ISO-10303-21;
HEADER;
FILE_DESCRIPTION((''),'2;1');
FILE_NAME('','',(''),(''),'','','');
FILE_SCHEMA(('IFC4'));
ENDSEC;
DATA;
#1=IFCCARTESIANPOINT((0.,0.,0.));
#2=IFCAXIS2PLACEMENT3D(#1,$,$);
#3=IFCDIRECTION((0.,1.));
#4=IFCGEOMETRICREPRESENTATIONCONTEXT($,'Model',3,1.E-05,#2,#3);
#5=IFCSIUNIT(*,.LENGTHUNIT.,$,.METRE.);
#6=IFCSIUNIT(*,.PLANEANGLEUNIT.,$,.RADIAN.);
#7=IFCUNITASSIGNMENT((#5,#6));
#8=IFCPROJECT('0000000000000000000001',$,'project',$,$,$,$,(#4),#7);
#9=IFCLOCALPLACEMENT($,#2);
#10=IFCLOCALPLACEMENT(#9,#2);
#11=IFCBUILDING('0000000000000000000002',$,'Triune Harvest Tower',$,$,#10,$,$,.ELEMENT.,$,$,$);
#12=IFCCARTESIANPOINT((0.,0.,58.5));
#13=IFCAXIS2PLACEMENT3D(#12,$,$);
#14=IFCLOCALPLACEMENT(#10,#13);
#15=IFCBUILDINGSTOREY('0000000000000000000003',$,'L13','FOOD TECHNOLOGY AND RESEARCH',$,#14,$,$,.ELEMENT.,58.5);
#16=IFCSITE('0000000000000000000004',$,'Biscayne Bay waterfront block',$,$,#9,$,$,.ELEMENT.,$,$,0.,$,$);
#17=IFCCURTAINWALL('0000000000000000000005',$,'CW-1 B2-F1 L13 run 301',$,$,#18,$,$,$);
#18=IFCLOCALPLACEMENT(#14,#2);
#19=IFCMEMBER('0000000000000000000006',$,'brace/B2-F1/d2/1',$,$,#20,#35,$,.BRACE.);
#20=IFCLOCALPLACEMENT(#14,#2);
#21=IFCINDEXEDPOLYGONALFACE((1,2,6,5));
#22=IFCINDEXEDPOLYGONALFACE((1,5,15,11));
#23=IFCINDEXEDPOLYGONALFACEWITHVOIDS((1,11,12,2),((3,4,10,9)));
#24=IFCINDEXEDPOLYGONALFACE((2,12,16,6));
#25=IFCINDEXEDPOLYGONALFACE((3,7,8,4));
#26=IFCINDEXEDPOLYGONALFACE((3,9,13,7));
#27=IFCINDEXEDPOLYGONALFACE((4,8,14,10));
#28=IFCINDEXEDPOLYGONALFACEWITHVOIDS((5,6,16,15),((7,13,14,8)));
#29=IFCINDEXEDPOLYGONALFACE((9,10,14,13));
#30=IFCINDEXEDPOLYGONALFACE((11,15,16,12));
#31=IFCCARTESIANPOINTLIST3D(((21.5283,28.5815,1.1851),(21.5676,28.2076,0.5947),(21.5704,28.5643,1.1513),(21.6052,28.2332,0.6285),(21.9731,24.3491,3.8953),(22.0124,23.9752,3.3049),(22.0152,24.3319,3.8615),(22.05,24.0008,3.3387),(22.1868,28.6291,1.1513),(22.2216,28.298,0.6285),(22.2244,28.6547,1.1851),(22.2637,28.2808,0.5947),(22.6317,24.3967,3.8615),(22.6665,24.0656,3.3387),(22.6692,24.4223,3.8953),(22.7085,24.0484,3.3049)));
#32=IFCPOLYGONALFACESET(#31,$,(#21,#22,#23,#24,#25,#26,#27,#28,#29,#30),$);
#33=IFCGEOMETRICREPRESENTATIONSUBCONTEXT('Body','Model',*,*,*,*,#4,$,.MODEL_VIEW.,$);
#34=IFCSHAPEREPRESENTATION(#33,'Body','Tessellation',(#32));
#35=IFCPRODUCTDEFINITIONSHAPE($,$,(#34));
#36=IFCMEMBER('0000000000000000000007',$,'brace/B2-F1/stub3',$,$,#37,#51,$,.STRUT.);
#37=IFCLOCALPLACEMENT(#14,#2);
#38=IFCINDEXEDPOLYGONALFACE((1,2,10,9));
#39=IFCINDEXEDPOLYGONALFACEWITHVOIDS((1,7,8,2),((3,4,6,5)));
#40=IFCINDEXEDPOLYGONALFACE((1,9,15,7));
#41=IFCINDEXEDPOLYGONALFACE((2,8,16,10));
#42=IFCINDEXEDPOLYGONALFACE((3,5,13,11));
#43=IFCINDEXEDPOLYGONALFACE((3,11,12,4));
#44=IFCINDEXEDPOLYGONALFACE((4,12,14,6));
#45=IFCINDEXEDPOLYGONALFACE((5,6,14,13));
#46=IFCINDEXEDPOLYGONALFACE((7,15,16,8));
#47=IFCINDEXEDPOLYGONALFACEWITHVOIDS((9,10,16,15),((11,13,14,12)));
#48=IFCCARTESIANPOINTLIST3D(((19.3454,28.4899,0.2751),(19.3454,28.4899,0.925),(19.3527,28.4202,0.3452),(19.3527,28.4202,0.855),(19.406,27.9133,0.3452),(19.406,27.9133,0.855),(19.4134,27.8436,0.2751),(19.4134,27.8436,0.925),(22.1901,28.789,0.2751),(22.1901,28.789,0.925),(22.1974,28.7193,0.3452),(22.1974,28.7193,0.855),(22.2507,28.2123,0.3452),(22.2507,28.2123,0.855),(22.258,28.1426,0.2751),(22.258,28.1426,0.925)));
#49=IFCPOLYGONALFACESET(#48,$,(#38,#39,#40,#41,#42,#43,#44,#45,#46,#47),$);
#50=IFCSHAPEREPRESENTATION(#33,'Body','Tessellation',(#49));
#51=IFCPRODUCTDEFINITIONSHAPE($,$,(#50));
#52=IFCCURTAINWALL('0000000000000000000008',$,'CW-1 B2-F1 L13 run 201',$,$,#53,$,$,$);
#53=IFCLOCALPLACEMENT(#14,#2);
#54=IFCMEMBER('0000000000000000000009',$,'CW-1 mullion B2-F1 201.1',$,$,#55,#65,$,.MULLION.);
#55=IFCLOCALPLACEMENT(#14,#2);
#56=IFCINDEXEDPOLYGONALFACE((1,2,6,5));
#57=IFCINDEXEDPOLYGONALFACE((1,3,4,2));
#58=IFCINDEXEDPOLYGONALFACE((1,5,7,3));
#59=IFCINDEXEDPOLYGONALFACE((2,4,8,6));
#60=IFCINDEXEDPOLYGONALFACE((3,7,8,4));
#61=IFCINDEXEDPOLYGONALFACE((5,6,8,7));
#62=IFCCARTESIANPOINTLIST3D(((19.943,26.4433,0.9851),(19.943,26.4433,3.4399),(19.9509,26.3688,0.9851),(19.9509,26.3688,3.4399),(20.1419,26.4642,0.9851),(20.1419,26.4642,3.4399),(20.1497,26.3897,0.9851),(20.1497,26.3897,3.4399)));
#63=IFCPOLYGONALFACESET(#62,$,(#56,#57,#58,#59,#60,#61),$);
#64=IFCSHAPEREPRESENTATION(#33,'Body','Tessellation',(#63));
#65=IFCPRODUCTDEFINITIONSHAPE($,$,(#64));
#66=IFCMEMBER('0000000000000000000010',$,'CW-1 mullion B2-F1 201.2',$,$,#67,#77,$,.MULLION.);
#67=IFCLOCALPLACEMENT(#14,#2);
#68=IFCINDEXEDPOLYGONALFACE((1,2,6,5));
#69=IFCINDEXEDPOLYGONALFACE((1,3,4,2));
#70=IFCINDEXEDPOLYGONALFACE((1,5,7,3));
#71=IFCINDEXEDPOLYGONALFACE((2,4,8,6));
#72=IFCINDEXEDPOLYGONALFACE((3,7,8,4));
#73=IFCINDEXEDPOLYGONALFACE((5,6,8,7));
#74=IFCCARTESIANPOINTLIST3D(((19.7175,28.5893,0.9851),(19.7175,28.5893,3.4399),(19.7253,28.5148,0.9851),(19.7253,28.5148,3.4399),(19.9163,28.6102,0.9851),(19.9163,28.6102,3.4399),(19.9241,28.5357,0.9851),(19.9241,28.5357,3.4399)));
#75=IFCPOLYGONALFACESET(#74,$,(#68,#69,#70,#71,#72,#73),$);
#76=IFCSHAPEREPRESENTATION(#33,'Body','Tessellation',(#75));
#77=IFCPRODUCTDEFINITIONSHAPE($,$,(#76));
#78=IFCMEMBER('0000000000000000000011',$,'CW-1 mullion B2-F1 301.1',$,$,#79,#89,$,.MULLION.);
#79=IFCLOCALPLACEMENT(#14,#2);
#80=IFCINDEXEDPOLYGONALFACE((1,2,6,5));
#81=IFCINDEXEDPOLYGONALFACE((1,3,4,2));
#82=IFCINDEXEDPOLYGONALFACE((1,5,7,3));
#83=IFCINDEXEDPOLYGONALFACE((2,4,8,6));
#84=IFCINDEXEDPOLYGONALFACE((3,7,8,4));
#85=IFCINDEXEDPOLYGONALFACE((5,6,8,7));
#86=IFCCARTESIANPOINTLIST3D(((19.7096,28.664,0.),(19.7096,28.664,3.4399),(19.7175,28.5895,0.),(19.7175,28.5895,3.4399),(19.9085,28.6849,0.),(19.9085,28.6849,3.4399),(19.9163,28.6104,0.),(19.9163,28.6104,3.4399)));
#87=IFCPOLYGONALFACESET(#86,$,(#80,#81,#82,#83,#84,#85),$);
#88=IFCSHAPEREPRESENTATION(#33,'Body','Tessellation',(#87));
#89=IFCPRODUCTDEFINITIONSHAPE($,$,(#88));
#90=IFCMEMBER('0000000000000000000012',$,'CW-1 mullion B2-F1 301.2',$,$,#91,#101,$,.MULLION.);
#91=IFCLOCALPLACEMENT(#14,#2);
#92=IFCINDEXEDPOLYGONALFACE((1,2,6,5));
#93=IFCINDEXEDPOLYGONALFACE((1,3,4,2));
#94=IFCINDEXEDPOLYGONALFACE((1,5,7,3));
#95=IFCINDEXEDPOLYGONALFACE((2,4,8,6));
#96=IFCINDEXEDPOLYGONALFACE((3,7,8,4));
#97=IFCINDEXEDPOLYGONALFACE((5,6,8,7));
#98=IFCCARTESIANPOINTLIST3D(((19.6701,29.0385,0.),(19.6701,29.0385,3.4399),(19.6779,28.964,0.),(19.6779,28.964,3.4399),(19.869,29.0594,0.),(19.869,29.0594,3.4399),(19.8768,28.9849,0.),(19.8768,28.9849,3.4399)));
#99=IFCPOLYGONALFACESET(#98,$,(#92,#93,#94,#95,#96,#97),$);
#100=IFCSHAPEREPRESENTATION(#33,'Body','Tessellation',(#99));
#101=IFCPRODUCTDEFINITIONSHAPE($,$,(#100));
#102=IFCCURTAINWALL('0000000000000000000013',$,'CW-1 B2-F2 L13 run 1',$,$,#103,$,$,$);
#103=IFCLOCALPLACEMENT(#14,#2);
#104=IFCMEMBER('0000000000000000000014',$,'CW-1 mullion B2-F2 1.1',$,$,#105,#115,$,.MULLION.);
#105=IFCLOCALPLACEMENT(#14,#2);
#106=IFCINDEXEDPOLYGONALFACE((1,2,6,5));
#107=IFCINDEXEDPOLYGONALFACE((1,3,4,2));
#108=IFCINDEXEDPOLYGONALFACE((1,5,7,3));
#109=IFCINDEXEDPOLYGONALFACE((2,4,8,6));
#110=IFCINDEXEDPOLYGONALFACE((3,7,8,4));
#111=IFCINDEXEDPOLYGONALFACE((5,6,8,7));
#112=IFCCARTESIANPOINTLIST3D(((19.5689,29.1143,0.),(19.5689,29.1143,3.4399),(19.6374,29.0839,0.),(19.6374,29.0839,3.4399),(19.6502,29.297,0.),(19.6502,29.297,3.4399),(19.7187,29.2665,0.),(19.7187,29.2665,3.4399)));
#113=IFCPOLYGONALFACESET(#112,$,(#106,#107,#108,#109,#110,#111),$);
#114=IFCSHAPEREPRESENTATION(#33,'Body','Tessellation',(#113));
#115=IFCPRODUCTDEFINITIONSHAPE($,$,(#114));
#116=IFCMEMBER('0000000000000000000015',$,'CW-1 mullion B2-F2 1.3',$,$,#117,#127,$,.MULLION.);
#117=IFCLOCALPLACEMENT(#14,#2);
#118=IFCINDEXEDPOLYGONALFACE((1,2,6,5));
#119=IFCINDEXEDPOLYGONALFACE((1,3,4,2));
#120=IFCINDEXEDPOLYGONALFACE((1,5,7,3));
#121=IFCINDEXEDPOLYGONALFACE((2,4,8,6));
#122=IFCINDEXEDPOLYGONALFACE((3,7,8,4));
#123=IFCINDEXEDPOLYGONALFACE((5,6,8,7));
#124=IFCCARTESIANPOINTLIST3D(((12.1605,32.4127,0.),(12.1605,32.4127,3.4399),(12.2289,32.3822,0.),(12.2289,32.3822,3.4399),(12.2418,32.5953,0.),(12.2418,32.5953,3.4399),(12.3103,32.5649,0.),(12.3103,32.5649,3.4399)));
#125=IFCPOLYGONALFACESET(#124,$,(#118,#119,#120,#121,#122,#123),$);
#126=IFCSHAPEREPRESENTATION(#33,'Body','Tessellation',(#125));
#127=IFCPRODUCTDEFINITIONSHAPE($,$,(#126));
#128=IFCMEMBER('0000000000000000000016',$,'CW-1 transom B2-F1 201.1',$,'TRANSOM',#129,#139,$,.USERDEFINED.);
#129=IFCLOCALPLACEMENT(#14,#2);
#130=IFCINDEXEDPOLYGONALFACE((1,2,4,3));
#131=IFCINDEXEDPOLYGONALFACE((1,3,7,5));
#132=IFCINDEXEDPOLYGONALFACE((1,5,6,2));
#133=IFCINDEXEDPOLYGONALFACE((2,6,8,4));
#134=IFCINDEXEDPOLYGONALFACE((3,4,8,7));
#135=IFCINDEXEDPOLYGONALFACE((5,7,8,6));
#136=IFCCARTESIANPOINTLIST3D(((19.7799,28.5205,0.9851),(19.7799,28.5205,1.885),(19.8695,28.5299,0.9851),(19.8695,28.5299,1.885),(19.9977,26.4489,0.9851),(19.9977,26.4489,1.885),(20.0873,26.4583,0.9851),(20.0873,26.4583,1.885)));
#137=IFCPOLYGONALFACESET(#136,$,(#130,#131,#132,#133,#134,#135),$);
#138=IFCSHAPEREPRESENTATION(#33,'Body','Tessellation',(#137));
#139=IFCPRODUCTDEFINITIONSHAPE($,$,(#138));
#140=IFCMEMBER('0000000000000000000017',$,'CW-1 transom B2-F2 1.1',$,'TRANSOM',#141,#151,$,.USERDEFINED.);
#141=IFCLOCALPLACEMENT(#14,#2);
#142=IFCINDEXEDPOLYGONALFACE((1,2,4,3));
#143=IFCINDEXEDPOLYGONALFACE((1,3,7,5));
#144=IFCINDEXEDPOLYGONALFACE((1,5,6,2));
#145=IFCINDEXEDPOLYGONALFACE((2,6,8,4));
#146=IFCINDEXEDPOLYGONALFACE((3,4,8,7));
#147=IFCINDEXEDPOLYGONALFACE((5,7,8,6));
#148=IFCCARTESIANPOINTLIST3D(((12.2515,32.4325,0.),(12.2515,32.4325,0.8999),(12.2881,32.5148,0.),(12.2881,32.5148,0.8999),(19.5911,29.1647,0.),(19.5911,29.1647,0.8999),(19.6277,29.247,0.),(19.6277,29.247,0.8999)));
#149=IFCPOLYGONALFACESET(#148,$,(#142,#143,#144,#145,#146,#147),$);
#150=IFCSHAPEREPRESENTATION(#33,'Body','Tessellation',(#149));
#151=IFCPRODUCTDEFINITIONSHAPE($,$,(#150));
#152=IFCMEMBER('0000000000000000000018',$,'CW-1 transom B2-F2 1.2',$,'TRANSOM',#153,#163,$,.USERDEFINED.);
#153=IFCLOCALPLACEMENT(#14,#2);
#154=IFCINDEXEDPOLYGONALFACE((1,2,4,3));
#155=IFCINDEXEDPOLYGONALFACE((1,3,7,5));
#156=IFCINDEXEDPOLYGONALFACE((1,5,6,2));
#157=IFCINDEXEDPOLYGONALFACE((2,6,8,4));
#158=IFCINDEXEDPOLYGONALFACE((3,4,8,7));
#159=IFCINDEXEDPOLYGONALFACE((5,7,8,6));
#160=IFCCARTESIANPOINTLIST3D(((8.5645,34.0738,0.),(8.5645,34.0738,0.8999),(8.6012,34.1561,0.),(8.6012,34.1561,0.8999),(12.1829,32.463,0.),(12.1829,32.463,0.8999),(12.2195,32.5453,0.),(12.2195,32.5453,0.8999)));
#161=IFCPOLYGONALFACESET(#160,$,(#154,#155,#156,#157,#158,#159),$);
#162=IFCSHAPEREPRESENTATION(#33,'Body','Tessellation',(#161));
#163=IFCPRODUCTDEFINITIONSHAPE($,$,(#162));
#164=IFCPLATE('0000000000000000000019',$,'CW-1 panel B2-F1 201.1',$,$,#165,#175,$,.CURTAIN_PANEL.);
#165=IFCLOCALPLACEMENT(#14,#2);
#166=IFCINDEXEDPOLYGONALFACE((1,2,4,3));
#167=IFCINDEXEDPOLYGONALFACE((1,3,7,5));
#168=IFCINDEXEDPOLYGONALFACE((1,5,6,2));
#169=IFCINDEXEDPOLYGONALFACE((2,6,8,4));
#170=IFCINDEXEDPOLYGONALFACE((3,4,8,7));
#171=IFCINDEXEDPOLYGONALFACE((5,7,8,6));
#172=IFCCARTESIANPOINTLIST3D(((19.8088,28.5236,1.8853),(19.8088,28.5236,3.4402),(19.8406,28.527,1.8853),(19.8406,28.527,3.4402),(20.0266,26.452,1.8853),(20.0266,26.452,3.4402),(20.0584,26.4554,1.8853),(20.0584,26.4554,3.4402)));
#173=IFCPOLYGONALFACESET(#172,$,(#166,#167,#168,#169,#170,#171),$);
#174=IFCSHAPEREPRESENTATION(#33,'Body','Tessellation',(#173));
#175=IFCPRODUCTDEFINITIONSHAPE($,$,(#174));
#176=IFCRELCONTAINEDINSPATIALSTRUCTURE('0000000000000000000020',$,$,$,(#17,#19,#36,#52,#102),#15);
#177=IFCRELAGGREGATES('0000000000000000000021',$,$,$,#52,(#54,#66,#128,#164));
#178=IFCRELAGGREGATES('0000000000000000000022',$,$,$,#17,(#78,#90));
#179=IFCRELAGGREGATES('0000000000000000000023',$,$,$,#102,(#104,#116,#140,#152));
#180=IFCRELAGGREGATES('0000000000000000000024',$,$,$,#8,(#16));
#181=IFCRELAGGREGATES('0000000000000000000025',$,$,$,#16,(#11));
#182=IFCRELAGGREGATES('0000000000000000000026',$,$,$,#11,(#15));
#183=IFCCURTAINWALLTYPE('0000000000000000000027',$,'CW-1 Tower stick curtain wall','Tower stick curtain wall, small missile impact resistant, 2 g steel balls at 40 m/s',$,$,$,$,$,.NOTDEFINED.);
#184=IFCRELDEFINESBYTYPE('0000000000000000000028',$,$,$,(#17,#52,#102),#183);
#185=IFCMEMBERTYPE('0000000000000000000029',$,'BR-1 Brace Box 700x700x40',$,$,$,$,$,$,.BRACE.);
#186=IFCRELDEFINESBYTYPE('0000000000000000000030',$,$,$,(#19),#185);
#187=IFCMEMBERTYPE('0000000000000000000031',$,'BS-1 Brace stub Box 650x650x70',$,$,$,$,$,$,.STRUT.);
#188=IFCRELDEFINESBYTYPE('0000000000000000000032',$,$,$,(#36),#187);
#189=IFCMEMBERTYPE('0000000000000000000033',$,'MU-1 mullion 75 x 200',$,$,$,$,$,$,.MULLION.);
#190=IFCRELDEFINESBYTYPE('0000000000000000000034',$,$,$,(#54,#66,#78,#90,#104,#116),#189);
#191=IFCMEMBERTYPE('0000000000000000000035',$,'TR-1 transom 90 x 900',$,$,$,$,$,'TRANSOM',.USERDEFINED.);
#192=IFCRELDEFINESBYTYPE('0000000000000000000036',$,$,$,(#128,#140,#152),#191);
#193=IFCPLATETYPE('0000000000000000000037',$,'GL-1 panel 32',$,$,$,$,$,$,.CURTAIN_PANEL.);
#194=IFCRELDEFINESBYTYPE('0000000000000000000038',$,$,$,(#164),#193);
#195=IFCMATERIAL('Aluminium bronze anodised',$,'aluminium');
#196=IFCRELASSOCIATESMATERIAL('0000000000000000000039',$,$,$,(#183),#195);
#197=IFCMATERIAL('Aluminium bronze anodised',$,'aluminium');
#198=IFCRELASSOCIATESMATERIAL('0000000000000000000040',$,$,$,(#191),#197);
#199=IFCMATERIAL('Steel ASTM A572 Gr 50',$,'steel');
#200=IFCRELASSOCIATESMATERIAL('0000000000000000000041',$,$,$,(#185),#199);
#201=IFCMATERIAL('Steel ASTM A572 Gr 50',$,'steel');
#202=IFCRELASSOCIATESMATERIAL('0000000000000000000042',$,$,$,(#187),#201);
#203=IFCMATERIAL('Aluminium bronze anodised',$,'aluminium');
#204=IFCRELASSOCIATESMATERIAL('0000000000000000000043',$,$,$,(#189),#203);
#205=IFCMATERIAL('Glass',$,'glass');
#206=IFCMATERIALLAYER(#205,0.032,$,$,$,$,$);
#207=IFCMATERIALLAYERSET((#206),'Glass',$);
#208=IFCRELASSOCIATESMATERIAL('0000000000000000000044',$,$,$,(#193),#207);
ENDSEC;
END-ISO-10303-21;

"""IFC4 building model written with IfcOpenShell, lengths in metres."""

from ifc_helpers import new_model, si_unit, direction, frame, origin, origin_2d, place, context, subcontext, project, spatial, rectangle, hollow_rectangle, extrude, source, transform, mapped, material, layer, layer_set, material_profile, profile_set, type_object, element, aggregate, save


model = new_model("IFC4")

# Units and contexts
model_context = context("Model", 3, precision=1e-05, world=origin(), true_north=direction((0.0, 1.0)))
body_context = subcontext(model_context, "Body", "Model", "MODEL_VIEW")
ifc_project = project(units=[si_unit("LENGTHUNIT", "METRE"), si_unit("PLANEANGLEUNIT", "RADIAN")], contexts=[model_context])

# Site, building, storey
site_placement = place(None, origin())
site = spatial("IfcSite", under=ifc_project, at=site_placement, Name="Biscayne Bay waterfront block", CompositionType="ELEMENT", RefElevation=0.0)
building_placement = place(site_placement, origin())
building = spatial("IfcBuilding", under=site, at=building_placement, Name="Triune Harvest Tower", CompositionType="ELEMENT")
storey_placement = place(building_placement, frame((0.0, 0.0, 58.5)))
storey = spatial("IfcBuildingStorey", under=building, at=storey_placement, Name="L13", Description="FOOD TECHNOLOGY AND RESEARCH", CompositionType="ELEMENT", Elevation=58.5)

# Curtain wall
ifc_material_1 = material(Name="Aluminium bronze anodised", Category="aluminium")
curtain_wall_type = type_object("IfcCurtainWallType", Name="CW-1 Tower stick curtain wall", Description="Tower stick curtain wall, small missile impact resistant, 2 g steel balls at 40 m/s", PredefinedType="NOTDEFINED", material=ifc_material_1)
curtain_wall_1_placement = place(storey_placement, origin())
curtain_wall_1 = element("IfcCurtainWall", 1, at=curtain_wall_1_placement, inside=storey, type_object=curtain_wall_type, Name="CW-1 B2-F1 L13 run 301")
ifc_material_2 = material(Name="Aluminium bronze anodised", Category="aluminium")
ifc_material_profile_1 = material_profile(ifc_material_2, rectangle(XDim=0.0901, YDim=0.8999, at=origin_2d()), Name="TR-1 transom 90 x 900")
ifc_profile_set_1 = profile_set([ifc_material_profile_1], Name="Aluminium bronze anodised")
member_type_1 = type_object("IfcMemberType", Name="TR-1 transom 90 x 900", ElementType="TRANSOM", PredefinedType="USERDEFINED", material=ifc_profile_set_1)

# Members
ifc_material_3 = material(Name="Steel ASTM A572 Gr 50", Category="steel")
ifc_material_profile_2 = material_profile(ifc_material_3, hollow_rectangle(XDim=0.7, YDim=0.7, WallThickness=0.04, at=origin_2d()), Name="Box 700x700x40")
ifc_profile_set_2 = profile_set([ifc_material_profile_2], Name="Steel ASTM A572 Gr 50")
member_type_2 = type_object("IfcMemberType", Name="BR-1 Brace Box 700x700x40", PredefinedType="BRACE", material=ifc_profile_set_2)
shared_shape_1 = source(origin(), body_context, "Body", "SweptSolid", [
    extrude(hollow_rectangle(XDim=0.7, YDim=0.7, WallThickness=0.04, at=origin_2d()), origin(), (0.0, 0.0, 1.0), 5.0454),
])
member_1_placement = place(storey_placement, frame((21.896, 28.4312, 0.8899), z_axis=(0.088164, -0.838861, 0.537159), x_axis=(0.994522, 0.104524, 0.0)))
element("IfcMember", 2, at=member_1_placement, inside=storey, type_object=member_type_2, Name="brace/B2-F1/d2/1", PredefinedType="BRACE", context=body_context, shape_type="MappedRepresentation", body=[
    mapped(shared_shape_1, transform((0.0, 0.0, 0.0), scale=1.0)),
])
ifc_material_4 = material(Name="Steel ASTM A572 Gr 50", Category="steel")
ifc_material_profile_3 = material_profile(ifc_material_4, hollow_rectangle(XDim=0.6499, YDim=0.6499, WallThickness=0.0701, at=origin_2d()), Name="Box 650x650x70")
ifc_profile_set_3 = profile_set([ifc_material_profile_3], Name="Steel ASTM A572 Gr 50")
member_type_3 = type_object("IfcMemberType", Name="BS-1 Brace stub Box 650x650x70", PredefinedType="STRUT", material=ifc_profile_set_3)
shared_shape_2 = source(origin(), body_context, "Body", "SweptSolid", [
    extrude(hollow_rectangle(XDim=0.6499, YDim=0.6499, WallThickness=0.0701, at=origin_2d()), origin(), (0.0, 0.0, 1.0), 2.8604),
])
member_2_placement = place(storey_placement, frame((19.3794, 28.1667, 0.6001), z_axis=(0.994519, 0.104556, 0.0), x_axis=(-0.104556, 0.994519, 0.0)))
element("IfcMember", 3, at=member_2_placement, inside=storey, type_object=member_type_3, Name="brace/B2-F1/stub3", PredefinedType="STRUT", context=body_context, shape_type="MappedRepresentation", body=[
    mapped(shared_shape_2, transform((0.0, 0.0, 0.0), scale=1.0)),
])

# Curtain wall, members
curtain_wall_2_placement = place(storey_placement, origin())
curtain_wall_2 = element("IfcCurtainWall", 4, at=curtain_wall_2_placement, inside=storey, type_object=curtain_wall_type, Name="CW-1 B2-F1 L13 run 201")
ifc_material_5 = material(Name="Aluminium bronze anodised", Category="aluminium")
ifc_material_profile_4 = material_profile(ifc_material_5, rectangle(XDim=0.2, YDim=0.075, at=origin_2d()), Name="MU-1 mullion 75 x 200")
ifc_profile_set_4 = profile_set([ifc_material_profile_4], Name="Aluminium bronze anodised")
member_type_4 = type_object("IfcMemberType", Name="MU-1 mullion 75 x 200", PredefinedType="MULLION", material=ifc_profile_set_4)
shared_shape_3 = source(origin(), body_context, "Body", "SweptSolid", [
    extrude(rectangle(XDim=0.2, YDim=0.075, at=origin_2d()), origin(), (0.0, 0.0, 1.0), 2.4548),
])
member_3_placement = place(storey_placement, frame((20.0464, 26.4165, 0.9851), z_axis=(0.0, 0.0, 1.0), x_axis=(-0.994522, -0.104526, 0.0)))
member_3 = element("IfcMember", 5, at=member_3_placement, type_object=member_type_4, Name="CW-1 mullion B2-F1 201.1", PredefinedType="MULLION", context=body_context, shape_type="MappedRepresentation", body=[
    mapped(shared_shape_3, transform((0.0, 0.0, 0.0), scale=1.0)),
])
member_4_placement = place(storey_placement, frame((19.8208, 28.5625, 0.9851), z_axis=(0.0, 0.0, 1.0), x_axis=(-0.994522, -0.104526, 0.0)))
member_4 = element("IfcMember", 6, at=member_4_placement, type_object=member_type_4, Name="CW-1 mullion B2-F1 201.2", PredefinedType="MULLION", context=body_context, shape_type="MappedRepresentation", body=[
    mapped(shared_shape_3, transform((0.0, 0.0, 0.0), scale=1.0)),
])

# Members
shared_shape_4 = source(origin(), body_context, "Body", "SweptSolid", [
    extrude(rectangle(XDim=0.2, YDim=0.075, at=origin_2d()), origin(), (0.0, 0.0, 1.0), 3.4399),
])
member_5_placement = place(storey_placement, frame((19.813, 28.6372, 0.0), z_axis=(0.0, 0.0, 1.0), x_axis=(-0.994527, -0.104477, 0.0)))
member_5 = element("IfcMember", 7, at=member_5_placement, type_object=member_type_4, Name="CW-1 mullion B2-F1 301.1", PredefinedType="MULLION", context=body_context, shape_type="MappedRepresentation", body=[
    mapped(shared_shape_4, transform((0.0, 0.0, 0.0), scale=1.0)),
])
member_6_placement = place(storey_placement, frame((19.7734, 29.0117, 0.0), z_axis=(0.0, 0.0, 1.0), x_axis=(-0.994527, -0.104477, 0.0)))
member_6 = element("IfcMember", 8, at=member_6_placement, type_object=member_type_4, Name="CW-1 mullion B2-F1 301.2", PredefinedType="MULLION", context=body_context, shape_type="MappedRepresentation", body=[
    mapped(shared_shape_4, transform((0.0, 0.0, 0.0), scale=1.0)),
])

# Curtain wall, members
curtain_wall_3_placement = place(storey_placement, origin())
curtain_wall_3 = element("IfcCurtainWall", 9, at=curtain_wall_3_placement, inside=storey, type_object=curtain_wall_type, Name="CW-1 B2-F2 L13 run 1")
member_7_placement = place(storey_placement, frame((19.6438, 29.1904, 0.0), z_axis=(0.0, 0.0, 1.0), x_axis=(-0.406734, -0.913547, 0.0)))
member_7 = element("IfcMember", 10, at=member_7_placement, type_object=member_type_4, Name="CW-1 mullion B2-F2 1.1", PredefinedType="MULLION", context=body_context, shape_type="MappedRepresentation", body=[
    mapped(shared_shape_4, transform((0.0, 0.0, 0.0), scale=1.0)),
])
member_8_placement = place(storey_placement, frame((12.2354, 32.4888, 0.0), z_axis=(0.0, 0.0, 1.0), x_axis=(-0.406734, -0.913547, 0.0)))
member_8 = element("IfcMember", 11, at=member_8_placement, type_object=member_type_4, Name="CW-1 mullion B2-F2 1.3", PredefinedType="MULLION", context=body_context, shape_type="MappedRepresentation", body=[
    mapped(shared_shape_4, transform((0.0, 0.0, 0.0), scale=1.0)),
])

# Members
shared_shape_5 = source(origin(), body_context, "Body", "SweptSolid", [
    extrude(rectangle(XDim=0.0901, YDim=0.8999, at=origin_2d()), origin(), (0.0, 0.0, 1.0), 2.083),
])
member_9_placement = place(storey_placement, frame((20.0425, 26.4536, 1.4351), z_axis=(-0.104551, 0.99452, 0.0), x_axis=(-0.99452, -0.104551, 0.0)))
member_9 = element("IfcMember", 12, at=member_9_placement, type_object=member_type_1, Name="CW-1 transom B2-F1 201.1", ObjectType="TRANSOM", PredefinedType="USERDEFINED", context=body_context, shape_type="MappedRepresentation", body=[
    mapped(shared_shape_5, transform((0.0, 0.0, 0.0), scale=1.0)),
])
shared_shape_6 = source(origin(), body_context, "Body", "SweptSolid", [
    extrude(rectangle(XDim=0.0901, YDim=0.8999, at=origin_2d()), origin(), (0.0, 0.0, 1.0), 8.0342),
])
member_10_placement = place(storey_placement, frame((19.6094, 29.2058, 0.45), z_axis=(-0.913544, 0.406739, 0.0), x_axis=(-0.406739, -0.913544, 0.0)))
member_10 = element("IfcMember", 13, at=member_10_placement, type_object=member_type_1, Name="CW-1 transom B2-F2 1.1", ObjectType="TRANSOM", PredefinedType="USERDEFINED", context=body_context, shape_type="MappedRepresentation", body=[
    mapped(shared_shape_6, transform((0.0, 0.0, 0.0), scale=1.0)),
])
shared_shape_7 = source(origin(), body_context, "Body", "SweptSolid", [
    extrude(rectangle(XDim=0.0901, YDim=0.8999, at=origin_2d()), origin(), (0.0, 0.0, 1.0), 3.9607),
])
member_11_placement = place(storey_placement, frame((12.2012, 32.5042, 0.45), z_axis=(-0.913562, 0.406699, 0.0), x_axis=(-0.406699, -0.913562, 0.0)))
member_11 = element("IfcMember", 14, at=member_11_placement, type_object=member_type_1, Name="CW-1 transom B2-F2 1.2", ObjectType="TRANSOM", PredefinedType="USERDEFINED", context=body_context, shape_type="MappedRepresentation", body=[
    mapped(shared_shape_7, transform((0.0, 0.0, 0.0), scale=1.0)),
])

# Plate
ifc_material_6 = material(Name="Glass", Category="glass")
ifc_layer_1 = layer(ifc_material_6, 0.032)
ifc_layer_set_1 = layer_set([ifc_layer_1], Name="Glass")
plate_type = type_object("IfcPlateType", Name="GL-1 panel 32", PredefinedType="CURTAIN_PANEL", material=ifc_layer_set_1)
shared_shape_8 = source(origin(), body_context, "Body", "SweptSolid", [
    extrude(rectangle(XDim=2.083, YDim=0.032, at=origin_2d()), origin(), (0.0, 0.0, 1.0), 1.5549),
])
plate_1_placement = place(storey_placement, frame((19.9336, 27.4895, 1.8853), z_axis=(0.0, 0.0, 1.0), x_axis=(-0.104526, 0.994522, 0.0)))
plate_1 = element("IfcPlate", 15, at=plate_1_placement, type_object=plate_type, Name="CW-1 panel B2-F1 201.1", PredefinedType="CURTAIN_PANEL", context=body_context, shape_type="MappedRepresentation", body=[
    mapped(shared_shape_8, transform((0.0, 0.0, 0.0), scale=1.0)),
])
aggregate(curtain_wall_2, [member_3, member_4, member_9, plate_1])
aggregate(curtain_wall_1, [member_5, member_6])
aggregate(curtain_wall_3, [member_7, member_8, member_10, member_11])

save(model, "model.ifc")
